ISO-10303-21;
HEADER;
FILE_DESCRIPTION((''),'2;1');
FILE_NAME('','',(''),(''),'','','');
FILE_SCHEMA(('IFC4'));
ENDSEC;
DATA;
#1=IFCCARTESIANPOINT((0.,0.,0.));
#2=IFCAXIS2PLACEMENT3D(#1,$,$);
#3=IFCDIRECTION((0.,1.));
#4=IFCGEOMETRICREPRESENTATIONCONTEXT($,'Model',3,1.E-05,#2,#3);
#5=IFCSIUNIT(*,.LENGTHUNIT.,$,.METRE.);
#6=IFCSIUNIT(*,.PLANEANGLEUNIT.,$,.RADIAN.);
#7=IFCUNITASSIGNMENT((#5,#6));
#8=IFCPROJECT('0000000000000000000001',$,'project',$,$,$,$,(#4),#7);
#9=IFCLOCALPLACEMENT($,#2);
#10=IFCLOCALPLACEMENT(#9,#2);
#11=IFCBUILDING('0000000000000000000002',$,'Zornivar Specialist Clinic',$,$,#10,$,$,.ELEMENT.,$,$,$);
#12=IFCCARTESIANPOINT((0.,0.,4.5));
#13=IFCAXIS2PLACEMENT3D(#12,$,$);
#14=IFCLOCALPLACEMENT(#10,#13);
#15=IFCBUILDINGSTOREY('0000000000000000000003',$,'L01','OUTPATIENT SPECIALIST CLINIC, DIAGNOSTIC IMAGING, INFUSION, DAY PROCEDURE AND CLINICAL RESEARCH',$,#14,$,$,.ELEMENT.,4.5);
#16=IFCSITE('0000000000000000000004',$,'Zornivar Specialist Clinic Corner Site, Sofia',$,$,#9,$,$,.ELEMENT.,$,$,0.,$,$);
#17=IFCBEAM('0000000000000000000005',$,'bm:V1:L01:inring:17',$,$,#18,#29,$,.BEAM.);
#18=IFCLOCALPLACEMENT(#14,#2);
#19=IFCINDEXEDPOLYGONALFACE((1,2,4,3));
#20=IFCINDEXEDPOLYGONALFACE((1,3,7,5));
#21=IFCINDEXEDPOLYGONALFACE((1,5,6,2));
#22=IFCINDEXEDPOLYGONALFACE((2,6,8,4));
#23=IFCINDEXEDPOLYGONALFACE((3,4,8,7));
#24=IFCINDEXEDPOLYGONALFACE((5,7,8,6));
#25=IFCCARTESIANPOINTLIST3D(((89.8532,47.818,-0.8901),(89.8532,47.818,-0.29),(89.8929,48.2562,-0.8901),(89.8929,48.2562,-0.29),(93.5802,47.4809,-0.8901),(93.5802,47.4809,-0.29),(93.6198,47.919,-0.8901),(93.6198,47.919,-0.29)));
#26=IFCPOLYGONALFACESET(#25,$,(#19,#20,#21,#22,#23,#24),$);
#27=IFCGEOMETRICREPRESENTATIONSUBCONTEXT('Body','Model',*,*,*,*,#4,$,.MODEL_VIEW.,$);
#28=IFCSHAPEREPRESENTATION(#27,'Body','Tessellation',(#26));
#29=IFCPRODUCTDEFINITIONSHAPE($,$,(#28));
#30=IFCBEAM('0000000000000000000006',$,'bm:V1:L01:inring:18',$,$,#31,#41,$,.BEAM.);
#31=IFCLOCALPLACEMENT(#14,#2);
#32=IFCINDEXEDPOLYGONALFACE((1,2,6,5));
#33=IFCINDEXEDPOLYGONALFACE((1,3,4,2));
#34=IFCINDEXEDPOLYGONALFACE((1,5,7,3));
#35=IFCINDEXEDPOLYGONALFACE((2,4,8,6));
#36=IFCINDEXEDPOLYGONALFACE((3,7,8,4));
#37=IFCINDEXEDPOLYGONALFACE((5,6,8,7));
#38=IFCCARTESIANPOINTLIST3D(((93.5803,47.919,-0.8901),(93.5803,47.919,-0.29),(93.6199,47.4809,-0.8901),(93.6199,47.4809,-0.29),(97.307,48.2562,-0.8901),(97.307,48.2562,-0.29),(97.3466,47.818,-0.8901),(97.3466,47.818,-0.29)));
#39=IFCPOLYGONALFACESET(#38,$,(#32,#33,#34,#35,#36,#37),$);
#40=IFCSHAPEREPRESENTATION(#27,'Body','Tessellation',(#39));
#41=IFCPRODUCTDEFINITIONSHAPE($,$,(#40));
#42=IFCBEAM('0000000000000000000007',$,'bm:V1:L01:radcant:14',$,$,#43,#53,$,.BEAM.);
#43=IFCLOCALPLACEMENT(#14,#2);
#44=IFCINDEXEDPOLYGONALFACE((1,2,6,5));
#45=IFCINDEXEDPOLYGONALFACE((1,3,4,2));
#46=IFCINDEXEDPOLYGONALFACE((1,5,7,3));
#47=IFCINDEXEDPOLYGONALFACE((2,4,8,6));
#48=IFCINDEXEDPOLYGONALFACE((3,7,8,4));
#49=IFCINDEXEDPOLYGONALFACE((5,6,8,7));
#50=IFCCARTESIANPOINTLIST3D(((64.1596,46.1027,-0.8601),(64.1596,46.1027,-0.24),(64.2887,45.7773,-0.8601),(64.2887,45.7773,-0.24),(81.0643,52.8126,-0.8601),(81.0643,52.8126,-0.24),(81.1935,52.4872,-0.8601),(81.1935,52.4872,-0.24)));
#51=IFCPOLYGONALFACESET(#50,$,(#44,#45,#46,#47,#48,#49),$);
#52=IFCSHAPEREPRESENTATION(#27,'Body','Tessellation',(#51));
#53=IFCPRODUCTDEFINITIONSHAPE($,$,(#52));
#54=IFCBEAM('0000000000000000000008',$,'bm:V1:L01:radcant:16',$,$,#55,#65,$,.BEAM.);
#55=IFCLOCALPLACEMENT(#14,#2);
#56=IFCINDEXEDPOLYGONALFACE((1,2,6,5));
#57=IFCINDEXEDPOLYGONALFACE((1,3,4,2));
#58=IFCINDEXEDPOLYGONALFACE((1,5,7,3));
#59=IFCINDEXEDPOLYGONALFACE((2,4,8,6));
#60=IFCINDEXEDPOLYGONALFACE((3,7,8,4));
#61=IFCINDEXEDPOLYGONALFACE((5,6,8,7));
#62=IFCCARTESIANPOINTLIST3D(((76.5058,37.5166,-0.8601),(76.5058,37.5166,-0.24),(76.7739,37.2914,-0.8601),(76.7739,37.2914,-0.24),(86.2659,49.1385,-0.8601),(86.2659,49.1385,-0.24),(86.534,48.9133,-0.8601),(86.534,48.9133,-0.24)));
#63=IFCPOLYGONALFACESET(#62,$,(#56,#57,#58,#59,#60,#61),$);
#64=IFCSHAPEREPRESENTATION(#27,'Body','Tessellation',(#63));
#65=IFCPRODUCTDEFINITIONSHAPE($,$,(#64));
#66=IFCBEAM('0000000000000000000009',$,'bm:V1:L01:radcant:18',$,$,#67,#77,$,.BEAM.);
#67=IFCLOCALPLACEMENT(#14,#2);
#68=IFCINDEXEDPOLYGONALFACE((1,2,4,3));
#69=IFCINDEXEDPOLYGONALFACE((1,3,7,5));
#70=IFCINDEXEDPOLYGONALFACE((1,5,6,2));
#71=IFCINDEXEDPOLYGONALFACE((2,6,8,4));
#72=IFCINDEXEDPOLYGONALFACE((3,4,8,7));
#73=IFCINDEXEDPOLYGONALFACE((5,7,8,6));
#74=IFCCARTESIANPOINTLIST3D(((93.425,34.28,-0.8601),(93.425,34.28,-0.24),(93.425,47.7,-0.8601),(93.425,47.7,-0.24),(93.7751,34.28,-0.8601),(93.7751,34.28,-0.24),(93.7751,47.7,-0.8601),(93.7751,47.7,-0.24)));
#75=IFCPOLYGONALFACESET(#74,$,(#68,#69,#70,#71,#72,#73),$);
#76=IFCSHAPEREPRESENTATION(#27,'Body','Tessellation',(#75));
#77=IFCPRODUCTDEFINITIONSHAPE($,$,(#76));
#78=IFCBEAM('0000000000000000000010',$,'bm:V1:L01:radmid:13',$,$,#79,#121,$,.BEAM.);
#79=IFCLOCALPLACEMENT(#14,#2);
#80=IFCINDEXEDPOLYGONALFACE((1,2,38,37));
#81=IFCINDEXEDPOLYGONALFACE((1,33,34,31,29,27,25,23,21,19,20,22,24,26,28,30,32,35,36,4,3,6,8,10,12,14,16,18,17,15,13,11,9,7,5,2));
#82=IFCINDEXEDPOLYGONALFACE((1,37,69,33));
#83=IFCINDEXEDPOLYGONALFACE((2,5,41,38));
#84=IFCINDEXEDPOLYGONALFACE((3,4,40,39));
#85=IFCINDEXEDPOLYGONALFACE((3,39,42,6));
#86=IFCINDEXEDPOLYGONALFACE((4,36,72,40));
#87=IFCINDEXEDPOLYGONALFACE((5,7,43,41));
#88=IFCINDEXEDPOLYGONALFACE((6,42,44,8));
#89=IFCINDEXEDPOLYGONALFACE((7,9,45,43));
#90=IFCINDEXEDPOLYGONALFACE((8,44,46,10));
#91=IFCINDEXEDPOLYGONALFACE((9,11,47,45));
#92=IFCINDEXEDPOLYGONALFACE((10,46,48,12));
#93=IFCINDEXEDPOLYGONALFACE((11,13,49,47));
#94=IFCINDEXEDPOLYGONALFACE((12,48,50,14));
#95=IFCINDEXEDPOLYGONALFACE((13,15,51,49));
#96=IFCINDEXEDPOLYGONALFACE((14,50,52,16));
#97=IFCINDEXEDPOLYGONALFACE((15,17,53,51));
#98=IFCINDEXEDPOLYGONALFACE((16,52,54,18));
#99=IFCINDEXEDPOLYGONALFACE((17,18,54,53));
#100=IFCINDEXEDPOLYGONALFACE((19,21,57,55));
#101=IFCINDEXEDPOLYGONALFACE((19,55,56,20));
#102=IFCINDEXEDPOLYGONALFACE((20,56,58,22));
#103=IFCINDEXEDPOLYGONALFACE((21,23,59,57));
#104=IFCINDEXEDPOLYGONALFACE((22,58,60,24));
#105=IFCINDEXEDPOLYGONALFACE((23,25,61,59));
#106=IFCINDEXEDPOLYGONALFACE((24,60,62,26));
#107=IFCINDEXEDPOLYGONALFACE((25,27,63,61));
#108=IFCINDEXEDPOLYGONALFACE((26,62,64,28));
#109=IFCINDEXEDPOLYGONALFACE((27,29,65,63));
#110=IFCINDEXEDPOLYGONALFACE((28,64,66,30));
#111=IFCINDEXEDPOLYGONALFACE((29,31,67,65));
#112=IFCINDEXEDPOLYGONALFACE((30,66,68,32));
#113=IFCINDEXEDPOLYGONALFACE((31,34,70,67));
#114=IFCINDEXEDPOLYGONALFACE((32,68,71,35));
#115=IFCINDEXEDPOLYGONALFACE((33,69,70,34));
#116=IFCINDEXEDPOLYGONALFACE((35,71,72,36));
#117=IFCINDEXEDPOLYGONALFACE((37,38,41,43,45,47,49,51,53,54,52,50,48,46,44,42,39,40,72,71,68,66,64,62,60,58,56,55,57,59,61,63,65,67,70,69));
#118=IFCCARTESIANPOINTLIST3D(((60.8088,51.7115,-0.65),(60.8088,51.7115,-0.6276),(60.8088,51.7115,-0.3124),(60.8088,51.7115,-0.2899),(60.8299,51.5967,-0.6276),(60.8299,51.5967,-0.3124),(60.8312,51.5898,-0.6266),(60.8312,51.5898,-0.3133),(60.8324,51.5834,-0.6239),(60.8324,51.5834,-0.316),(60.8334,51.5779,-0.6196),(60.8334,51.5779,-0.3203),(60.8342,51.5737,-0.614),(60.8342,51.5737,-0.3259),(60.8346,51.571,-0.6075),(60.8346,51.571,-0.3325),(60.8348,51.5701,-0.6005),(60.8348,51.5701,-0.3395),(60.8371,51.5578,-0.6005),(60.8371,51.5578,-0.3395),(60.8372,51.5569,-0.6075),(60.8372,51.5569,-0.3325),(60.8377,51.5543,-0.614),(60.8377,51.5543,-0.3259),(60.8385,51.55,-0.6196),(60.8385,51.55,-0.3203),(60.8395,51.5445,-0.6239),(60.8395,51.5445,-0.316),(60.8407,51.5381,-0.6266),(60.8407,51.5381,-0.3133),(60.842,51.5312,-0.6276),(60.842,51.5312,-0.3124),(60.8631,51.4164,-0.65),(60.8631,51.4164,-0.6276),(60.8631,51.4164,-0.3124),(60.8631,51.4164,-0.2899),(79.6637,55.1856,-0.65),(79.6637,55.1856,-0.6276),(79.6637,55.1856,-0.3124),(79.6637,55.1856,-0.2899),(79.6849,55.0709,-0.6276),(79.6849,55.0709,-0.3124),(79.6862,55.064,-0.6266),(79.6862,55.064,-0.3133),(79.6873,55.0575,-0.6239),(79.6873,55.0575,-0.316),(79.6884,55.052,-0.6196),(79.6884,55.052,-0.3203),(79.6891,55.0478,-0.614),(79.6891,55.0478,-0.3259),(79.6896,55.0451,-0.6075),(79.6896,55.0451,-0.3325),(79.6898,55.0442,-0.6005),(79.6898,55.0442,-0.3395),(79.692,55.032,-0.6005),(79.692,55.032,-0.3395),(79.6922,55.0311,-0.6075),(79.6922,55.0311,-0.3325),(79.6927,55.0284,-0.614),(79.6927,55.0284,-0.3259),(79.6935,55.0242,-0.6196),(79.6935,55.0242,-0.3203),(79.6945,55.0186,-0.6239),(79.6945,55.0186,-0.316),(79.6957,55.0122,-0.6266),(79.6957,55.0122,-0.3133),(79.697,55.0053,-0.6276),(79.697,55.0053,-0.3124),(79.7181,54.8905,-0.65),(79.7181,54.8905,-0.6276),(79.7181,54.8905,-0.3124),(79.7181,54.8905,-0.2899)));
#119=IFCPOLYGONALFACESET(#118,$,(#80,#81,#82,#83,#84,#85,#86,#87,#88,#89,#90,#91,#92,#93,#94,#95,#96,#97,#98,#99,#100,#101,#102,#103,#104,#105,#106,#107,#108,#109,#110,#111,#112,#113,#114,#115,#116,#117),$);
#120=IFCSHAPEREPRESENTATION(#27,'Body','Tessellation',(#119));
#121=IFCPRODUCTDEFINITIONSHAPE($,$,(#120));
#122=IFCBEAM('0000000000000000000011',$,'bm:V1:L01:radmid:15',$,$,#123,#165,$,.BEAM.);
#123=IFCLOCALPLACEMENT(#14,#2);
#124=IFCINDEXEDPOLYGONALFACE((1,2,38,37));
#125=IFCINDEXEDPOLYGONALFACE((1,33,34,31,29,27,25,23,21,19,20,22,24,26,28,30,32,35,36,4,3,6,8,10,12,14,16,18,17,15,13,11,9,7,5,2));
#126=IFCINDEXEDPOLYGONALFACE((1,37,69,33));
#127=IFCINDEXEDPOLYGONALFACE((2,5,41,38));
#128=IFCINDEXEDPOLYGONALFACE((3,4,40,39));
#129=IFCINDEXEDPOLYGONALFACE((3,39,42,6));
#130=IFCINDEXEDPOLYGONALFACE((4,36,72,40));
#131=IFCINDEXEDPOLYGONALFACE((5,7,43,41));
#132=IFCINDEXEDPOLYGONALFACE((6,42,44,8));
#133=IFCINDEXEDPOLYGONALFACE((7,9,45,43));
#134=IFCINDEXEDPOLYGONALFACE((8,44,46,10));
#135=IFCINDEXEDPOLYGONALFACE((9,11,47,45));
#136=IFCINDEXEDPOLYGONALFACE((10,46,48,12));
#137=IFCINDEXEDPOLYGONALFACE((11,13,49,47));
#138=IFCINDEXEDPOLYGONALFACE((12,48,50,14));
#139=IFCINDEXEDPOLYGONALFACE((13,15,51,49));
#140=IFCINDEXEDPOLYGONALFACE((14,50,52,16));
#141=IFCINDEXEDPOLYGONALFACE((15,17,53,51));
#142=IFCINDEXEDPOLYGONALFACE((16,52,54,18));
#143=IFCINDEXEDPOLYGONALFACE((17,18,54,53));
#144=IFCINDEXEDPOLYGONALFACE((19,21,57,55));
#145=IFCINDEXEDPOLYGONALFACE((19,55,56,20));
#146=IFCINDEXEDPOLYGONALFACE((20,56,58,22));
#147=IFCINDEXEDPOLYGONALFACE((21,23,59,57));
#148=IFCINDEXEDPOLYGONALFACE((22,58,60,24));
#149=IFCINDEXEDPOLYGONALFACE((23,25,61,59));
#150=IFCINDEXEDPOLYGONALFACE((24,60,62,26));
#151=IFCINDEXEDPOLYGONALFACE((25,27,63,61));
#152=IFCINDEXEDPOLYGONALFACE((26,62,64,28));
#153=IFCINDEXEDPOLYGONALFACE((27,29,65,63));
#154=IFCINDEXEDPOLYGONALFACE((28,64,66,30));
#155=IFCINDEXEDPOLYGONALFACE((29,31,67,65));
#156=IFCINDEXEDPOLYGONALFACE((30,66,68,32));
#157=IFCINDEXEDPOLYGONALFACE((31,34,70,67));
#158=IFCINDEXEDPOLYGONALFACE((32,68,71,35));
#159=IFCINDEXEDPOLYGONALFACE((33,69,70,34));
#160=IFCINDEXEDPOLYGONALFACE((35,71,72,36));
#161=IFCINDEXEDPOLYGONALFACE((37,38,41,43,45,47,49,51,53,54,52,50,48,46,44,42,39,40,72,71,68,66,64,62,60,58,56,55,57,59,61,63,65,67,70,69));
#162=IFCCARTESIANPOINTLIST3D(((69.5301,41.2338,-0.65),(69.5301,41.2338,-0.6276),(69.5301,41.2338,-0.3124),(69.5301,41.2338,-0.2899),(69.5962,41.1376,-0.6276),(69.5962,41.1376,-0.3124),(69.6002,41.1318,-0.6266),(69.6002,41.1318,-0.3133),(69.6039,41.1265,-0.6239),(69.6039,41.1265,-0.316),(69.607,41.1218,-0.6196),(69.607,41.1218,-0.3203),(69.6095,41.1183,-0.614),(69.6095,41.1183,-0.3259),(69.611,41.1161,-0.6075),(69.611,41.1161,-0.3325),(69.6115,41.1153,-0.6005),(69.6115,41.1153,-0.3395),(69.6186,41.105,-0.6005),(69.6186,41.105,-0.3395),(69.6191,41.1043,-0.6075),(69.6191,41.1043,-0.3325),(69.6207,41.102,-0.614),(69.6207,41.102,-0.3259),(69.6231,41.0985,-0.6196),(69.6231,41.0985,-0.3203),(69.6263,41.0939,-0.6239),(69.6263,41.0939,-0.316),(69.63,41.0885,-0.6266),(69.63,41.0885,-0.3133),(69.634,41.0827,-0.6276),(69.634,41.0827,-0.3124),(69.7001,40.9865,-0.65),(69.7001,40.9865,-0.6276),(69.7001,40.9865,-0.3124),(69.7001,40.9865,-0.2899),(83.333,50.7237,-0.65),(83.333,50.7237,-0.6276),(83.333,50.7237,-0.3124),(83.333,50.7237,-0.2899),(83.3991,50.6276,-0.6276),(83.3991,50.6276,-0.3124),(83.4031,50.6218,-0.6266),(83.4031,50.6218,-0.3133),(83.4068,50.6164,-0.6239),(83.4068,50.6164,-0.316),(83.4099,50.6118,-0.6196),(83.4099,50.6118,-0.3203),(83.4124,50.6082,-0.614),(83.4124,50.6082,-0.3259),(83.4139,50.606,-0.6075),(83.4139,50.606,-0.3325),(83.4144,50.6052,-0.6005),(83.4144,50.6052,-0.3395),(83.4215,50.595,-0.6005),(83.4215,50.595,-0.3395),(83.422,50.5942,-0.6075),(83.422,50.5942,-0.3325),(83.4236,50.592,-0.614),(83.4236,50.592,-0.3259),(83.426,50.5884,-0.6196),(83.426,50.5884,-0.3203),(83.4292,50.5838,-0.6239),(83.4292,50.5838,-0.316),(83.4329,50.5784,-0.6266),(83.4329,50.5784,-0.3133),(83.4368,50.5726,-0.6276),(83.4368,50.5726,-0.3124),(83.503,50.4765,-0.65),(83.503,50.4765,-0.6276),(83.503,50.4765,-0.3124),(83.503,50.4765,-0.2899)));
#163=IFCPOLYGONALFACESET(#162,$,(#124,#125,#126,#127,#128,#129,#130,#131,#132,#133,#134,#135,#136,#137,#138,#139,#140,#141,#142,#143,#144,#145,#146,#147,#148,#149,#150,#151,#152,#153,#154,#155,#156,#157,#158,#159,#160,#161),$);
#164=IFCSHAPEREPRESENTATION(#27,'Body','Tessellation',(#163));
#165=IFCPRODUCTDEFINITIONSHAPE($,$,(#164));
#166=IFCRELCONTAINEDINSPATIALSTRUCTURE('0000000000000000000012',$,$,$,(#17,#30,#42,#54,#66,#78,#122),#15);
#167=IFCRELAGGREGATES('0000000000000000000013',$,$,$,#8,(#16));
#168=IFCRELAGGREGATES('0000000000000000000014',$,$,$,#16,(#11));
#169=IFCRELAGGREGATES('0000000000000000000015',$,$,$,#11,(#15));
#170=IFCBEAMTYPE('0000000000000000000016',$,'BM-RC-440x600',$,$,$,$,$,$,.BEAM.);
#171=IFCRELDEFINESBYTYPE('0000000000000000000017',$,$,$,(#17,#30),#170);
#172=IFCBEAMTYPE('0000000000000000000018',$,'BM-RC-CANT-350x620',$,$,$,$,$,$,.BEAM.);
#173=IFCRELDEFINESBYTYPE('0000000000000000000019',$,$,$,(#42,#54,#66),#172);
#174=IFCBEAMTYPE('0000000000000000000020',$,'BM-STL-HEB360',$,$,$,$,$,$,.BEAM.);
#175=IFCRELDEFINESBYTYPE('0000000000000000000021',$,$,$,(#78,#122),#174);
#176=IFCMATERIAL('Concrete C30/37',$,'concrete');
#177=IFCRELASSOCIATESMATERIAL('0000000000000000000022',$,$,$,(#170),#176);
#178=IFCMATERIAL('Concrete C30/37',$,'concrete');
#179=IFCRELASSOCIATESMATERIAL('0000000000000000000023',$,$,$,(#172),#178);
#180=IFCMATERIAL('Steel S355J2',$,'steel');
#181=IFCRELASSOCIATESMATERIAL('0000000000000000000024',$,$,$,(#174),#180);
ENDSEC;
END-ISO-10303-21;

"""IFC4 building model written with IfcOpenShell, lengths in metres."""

from ifc_helpers import new_model, si_unit, direction, frame, origin, origin_2d, place, context, subcontext, project, spatial, rectangle, i_section, extrude, material, material_profile, profile_set, type_object, element, save


model = new_model("IFC4")

# Units and contexts
model_context = context("Model", 3, precision=1e-05, world=origin(), true_north=direction((0.0, 1.0)))
body_context = subcontext(model_context, "Body", "Model", "MODEL_VIEW")
ifc_project = project(units=[si_unit("LENGTHUNIT", "METRE"), si_unit("PLANEANGLEUNIT", "RADIAN")], contexts=[model_context])

# Site, building, storey
site_placement = place(None, origin())
site = spatial("IfcSite", under=ifc_project, at=site_placement, Name="Zornivar Specialist Clinic Corner Site, Sofia", CompositionType="ELEMENT", RefElevation=0.0)
building_placement = place(site_placement, origin())
building = spatial("IfcBuilding", under=site, at=building_placement, Name="Zornivar Specialist Clinic", CompositionType="ELEMENT")
storey_placement = place(building_placement, frame((0.0, 0.0, 4.5)))
storey = spatial("IfcBuildingStorey", under=building, at=storey_placement, Name="L01", Description="OUTPATIENT SPECIALIST CLINIC, DIAGNOSTIC IMAGING, INFUSION, DAY PROCEDURE AND CLINICAL RESEARCH", CompositionType="ELEMENT", Elevation=4.5)

# Beams
ifc_material_1 = material(Name="Concrete C30/37", Category="concrete")
ifc_material_profile_1 = material_profile(ifc_material_1, rectangle(XDim=0.4399, YDim=0.6001, at=origin_2d()), Name="RC 440x600")
ifc_profile_set_1 = profile_set([ifc_material_profile_1], Name="Concrete C30/37")
beam_type_1 = type_object("IfcBeamType", Name="BM-RC-440x600", PredefinedType="BEAM", material=ifc_profile_set_1)
beam_1_placement = place(storey_placement, frame((89.873, 48.0371, -0.5901), z_axis=(0.995933, -0.090095, 0.0), x_axis=(0.090095, 0.995933, 0.0)))
element("IfcBeam", 1, at=beam_1_placement, inside=storey, type_object=beam_type_1, Name="bm:V1:L01:inring:17", PredefinedType="BEAM", context=body_context, shape_type="SweptSolid", body=[
    extrude(rectangle(XDim=0.4399, YDim=0.6001, at=origin_2d()), origin(), (0.0, 0.0, 1.0), 3.7422),
])
beam_2_placement = place(storey_placement, frame((93.6001, 47.7, -0.5901), z_axis=(0.995933, 0.0901, 0.0), x_axis=(-0.0901, 0.995933, 0.0)))
element("IfcBeam", 2, at=beam_2_placement, inside=storey, type_object=beam_type_1, Name="bm:V1:L01:inring:18", PredefinedType="BEAM", context=body_context, shape_type="SweptSolid", body=[
    extrude(rectangle(XDim=0.4399, YDim=0.6001, at=origin_2d()), origin(), (0.0, 0.0, 1.0), 3.7419),
])
ifc_material_2 = material(Name="Concrete C30/37", Category="concrete")
ifc_material_profile_2 = material_profile(ifc_material_2, rectangle(XDim=0.3501, YDim=0.6201, at=origin_2d()), Name="RC 350x620")
ifc_profile_set_2 = profile_set([ifc_material_profile_2], Name="Concrete C30/37")
beam_type_2 = type_object("IfcBeamType", Name="BM-RC-CANT-350x620", PredefinedType="BEAM", material=ifc_profile_set_2)
beam_3_placement = place(storey_placement, frame((81.1289, 52.6499, -0.55), z_axis=(-0.929458, -0.368927, 0.0), x_axis=(0.368927, -0.929458, 0.0)))
element("IfcBeam", 3, at=beam_3_placement, inside=storey, type_object=beam_type_2, Name="bm:V1:L01:radcant:14", PredefinedType="BEAM", context=body_context, shape_type="SweptSolid", body=[
    extrude(rectangle(XDim=0.3501, YDim=0.6201, at=origin_2d()), origin(), (0.0, 0.0, 1.0), 18.1877),
])
beam_4_placement = place(storey_placement, frame((86.3999, 49.0259, -0.55), z_axis=(-0.643102, -0.76578, 0.0), x_axis=(0.76578, -0.643102, 0.0)))
element("IfcBeam", 4, at=beam_4_placement, inside=storey, type_object=beam_type_2, Name="bm:V1:L01:radcant:16", PredefinedType="BEAM", context=body_context, shape_type="SweptSolid", body=[
    extrude(rectangle(XDim=0.3501, YDim=0.6201, at=origin_2d()), origin(), (0.0, 0.0, 1.0), 15.1765),
])
beam_5_placement = place(storey_placement, frame((93.6001, 47.7, -0.55), z_axis=(0.0, -1.0, 0.0), x_axis=(1.0, 0.0, 0.0)))
element("IfcBeam", 5, at=beam_5_placement, inside=storey, type_object=beam_type_2, Name="bm:V1:L01:radcant:18", PredefinedType="BEAM", context=body_context, shape_type="SweptSolid", body=[
    extrude(rectangle(XDim=0.3501, YDim=0.6201, at=origin_2d()), origin(), (0.0, 0.0, 1.0), 13.4199),
])
ifc_material_3 = material(Name="Steel S355J2", Category="steel")
ifc_material_profile_3 = material_profile(ifc_material_3, i_section(OverallWidth=0.3, OverallDepth=0.3601, WebThickness=0.0125, FlangeThickness=0.0225, FilletRadius=0.0271, at=origin_2d()), Name="HEB 360")
ifc_profile_set_3 = profile_set([ifc_material_profile_3], Name="Steel S355J2")
beam_type_3 = type_object("IfcBeamType", Name="BM-STL-HEB360", PredefinedType="BEAM", material=ifc_profile_set_3)
beam_6_placement = place(storey_placement, frame((79.6909, 55.0381, -0.47), z_axis=(-0.983445, -0.181205, 0.0), x_axis=(0.181205, -0.983445, 0.0)))
element("IfcBeam", 6, at=beam_6_placement, inside=storey, type_object=beam_type_3, Name="bm:V1:L01:radmid:13", PredefinedType="BEAM", context=body_context, shape_type="SweptSolid", body=[
    extrude(i_section(OverallWidth=0.3, OverallDepth=0.3601, WebThickness=0.0125, FlangeThickness=0.0225, FilletRadius=0.0271, at=origin_2d()), origin(), (0.0, 0.0, 1.0), 19.1724),
])
beam_7_placement = place(storey_placement, frame((83.418, 50.6001, -0.47), z_axis=(-0.82403, -0.566547, 0.0), x_axis=(0.566547, -0.82403, 0.0)))
element("IfcBeam", 7, at=beam_7_placement, inside=storey, type_object=beam_type_3, Name="bm:V1:L01:radmid:15", PredefinedType="BEAM", context=body_context, shape_type="SweptSolid", body=[
    extrude(i_section(OverallWidth=0.3, OverallDepth=0.3601, WebThickness=0.0125, FlangeThickness=0.0225, FilletRadius=0.0271, at=origin_2d()), origin(), (0.0, 0.0, 1.0), 16.7505),
])

save(model, "model.ifc")
